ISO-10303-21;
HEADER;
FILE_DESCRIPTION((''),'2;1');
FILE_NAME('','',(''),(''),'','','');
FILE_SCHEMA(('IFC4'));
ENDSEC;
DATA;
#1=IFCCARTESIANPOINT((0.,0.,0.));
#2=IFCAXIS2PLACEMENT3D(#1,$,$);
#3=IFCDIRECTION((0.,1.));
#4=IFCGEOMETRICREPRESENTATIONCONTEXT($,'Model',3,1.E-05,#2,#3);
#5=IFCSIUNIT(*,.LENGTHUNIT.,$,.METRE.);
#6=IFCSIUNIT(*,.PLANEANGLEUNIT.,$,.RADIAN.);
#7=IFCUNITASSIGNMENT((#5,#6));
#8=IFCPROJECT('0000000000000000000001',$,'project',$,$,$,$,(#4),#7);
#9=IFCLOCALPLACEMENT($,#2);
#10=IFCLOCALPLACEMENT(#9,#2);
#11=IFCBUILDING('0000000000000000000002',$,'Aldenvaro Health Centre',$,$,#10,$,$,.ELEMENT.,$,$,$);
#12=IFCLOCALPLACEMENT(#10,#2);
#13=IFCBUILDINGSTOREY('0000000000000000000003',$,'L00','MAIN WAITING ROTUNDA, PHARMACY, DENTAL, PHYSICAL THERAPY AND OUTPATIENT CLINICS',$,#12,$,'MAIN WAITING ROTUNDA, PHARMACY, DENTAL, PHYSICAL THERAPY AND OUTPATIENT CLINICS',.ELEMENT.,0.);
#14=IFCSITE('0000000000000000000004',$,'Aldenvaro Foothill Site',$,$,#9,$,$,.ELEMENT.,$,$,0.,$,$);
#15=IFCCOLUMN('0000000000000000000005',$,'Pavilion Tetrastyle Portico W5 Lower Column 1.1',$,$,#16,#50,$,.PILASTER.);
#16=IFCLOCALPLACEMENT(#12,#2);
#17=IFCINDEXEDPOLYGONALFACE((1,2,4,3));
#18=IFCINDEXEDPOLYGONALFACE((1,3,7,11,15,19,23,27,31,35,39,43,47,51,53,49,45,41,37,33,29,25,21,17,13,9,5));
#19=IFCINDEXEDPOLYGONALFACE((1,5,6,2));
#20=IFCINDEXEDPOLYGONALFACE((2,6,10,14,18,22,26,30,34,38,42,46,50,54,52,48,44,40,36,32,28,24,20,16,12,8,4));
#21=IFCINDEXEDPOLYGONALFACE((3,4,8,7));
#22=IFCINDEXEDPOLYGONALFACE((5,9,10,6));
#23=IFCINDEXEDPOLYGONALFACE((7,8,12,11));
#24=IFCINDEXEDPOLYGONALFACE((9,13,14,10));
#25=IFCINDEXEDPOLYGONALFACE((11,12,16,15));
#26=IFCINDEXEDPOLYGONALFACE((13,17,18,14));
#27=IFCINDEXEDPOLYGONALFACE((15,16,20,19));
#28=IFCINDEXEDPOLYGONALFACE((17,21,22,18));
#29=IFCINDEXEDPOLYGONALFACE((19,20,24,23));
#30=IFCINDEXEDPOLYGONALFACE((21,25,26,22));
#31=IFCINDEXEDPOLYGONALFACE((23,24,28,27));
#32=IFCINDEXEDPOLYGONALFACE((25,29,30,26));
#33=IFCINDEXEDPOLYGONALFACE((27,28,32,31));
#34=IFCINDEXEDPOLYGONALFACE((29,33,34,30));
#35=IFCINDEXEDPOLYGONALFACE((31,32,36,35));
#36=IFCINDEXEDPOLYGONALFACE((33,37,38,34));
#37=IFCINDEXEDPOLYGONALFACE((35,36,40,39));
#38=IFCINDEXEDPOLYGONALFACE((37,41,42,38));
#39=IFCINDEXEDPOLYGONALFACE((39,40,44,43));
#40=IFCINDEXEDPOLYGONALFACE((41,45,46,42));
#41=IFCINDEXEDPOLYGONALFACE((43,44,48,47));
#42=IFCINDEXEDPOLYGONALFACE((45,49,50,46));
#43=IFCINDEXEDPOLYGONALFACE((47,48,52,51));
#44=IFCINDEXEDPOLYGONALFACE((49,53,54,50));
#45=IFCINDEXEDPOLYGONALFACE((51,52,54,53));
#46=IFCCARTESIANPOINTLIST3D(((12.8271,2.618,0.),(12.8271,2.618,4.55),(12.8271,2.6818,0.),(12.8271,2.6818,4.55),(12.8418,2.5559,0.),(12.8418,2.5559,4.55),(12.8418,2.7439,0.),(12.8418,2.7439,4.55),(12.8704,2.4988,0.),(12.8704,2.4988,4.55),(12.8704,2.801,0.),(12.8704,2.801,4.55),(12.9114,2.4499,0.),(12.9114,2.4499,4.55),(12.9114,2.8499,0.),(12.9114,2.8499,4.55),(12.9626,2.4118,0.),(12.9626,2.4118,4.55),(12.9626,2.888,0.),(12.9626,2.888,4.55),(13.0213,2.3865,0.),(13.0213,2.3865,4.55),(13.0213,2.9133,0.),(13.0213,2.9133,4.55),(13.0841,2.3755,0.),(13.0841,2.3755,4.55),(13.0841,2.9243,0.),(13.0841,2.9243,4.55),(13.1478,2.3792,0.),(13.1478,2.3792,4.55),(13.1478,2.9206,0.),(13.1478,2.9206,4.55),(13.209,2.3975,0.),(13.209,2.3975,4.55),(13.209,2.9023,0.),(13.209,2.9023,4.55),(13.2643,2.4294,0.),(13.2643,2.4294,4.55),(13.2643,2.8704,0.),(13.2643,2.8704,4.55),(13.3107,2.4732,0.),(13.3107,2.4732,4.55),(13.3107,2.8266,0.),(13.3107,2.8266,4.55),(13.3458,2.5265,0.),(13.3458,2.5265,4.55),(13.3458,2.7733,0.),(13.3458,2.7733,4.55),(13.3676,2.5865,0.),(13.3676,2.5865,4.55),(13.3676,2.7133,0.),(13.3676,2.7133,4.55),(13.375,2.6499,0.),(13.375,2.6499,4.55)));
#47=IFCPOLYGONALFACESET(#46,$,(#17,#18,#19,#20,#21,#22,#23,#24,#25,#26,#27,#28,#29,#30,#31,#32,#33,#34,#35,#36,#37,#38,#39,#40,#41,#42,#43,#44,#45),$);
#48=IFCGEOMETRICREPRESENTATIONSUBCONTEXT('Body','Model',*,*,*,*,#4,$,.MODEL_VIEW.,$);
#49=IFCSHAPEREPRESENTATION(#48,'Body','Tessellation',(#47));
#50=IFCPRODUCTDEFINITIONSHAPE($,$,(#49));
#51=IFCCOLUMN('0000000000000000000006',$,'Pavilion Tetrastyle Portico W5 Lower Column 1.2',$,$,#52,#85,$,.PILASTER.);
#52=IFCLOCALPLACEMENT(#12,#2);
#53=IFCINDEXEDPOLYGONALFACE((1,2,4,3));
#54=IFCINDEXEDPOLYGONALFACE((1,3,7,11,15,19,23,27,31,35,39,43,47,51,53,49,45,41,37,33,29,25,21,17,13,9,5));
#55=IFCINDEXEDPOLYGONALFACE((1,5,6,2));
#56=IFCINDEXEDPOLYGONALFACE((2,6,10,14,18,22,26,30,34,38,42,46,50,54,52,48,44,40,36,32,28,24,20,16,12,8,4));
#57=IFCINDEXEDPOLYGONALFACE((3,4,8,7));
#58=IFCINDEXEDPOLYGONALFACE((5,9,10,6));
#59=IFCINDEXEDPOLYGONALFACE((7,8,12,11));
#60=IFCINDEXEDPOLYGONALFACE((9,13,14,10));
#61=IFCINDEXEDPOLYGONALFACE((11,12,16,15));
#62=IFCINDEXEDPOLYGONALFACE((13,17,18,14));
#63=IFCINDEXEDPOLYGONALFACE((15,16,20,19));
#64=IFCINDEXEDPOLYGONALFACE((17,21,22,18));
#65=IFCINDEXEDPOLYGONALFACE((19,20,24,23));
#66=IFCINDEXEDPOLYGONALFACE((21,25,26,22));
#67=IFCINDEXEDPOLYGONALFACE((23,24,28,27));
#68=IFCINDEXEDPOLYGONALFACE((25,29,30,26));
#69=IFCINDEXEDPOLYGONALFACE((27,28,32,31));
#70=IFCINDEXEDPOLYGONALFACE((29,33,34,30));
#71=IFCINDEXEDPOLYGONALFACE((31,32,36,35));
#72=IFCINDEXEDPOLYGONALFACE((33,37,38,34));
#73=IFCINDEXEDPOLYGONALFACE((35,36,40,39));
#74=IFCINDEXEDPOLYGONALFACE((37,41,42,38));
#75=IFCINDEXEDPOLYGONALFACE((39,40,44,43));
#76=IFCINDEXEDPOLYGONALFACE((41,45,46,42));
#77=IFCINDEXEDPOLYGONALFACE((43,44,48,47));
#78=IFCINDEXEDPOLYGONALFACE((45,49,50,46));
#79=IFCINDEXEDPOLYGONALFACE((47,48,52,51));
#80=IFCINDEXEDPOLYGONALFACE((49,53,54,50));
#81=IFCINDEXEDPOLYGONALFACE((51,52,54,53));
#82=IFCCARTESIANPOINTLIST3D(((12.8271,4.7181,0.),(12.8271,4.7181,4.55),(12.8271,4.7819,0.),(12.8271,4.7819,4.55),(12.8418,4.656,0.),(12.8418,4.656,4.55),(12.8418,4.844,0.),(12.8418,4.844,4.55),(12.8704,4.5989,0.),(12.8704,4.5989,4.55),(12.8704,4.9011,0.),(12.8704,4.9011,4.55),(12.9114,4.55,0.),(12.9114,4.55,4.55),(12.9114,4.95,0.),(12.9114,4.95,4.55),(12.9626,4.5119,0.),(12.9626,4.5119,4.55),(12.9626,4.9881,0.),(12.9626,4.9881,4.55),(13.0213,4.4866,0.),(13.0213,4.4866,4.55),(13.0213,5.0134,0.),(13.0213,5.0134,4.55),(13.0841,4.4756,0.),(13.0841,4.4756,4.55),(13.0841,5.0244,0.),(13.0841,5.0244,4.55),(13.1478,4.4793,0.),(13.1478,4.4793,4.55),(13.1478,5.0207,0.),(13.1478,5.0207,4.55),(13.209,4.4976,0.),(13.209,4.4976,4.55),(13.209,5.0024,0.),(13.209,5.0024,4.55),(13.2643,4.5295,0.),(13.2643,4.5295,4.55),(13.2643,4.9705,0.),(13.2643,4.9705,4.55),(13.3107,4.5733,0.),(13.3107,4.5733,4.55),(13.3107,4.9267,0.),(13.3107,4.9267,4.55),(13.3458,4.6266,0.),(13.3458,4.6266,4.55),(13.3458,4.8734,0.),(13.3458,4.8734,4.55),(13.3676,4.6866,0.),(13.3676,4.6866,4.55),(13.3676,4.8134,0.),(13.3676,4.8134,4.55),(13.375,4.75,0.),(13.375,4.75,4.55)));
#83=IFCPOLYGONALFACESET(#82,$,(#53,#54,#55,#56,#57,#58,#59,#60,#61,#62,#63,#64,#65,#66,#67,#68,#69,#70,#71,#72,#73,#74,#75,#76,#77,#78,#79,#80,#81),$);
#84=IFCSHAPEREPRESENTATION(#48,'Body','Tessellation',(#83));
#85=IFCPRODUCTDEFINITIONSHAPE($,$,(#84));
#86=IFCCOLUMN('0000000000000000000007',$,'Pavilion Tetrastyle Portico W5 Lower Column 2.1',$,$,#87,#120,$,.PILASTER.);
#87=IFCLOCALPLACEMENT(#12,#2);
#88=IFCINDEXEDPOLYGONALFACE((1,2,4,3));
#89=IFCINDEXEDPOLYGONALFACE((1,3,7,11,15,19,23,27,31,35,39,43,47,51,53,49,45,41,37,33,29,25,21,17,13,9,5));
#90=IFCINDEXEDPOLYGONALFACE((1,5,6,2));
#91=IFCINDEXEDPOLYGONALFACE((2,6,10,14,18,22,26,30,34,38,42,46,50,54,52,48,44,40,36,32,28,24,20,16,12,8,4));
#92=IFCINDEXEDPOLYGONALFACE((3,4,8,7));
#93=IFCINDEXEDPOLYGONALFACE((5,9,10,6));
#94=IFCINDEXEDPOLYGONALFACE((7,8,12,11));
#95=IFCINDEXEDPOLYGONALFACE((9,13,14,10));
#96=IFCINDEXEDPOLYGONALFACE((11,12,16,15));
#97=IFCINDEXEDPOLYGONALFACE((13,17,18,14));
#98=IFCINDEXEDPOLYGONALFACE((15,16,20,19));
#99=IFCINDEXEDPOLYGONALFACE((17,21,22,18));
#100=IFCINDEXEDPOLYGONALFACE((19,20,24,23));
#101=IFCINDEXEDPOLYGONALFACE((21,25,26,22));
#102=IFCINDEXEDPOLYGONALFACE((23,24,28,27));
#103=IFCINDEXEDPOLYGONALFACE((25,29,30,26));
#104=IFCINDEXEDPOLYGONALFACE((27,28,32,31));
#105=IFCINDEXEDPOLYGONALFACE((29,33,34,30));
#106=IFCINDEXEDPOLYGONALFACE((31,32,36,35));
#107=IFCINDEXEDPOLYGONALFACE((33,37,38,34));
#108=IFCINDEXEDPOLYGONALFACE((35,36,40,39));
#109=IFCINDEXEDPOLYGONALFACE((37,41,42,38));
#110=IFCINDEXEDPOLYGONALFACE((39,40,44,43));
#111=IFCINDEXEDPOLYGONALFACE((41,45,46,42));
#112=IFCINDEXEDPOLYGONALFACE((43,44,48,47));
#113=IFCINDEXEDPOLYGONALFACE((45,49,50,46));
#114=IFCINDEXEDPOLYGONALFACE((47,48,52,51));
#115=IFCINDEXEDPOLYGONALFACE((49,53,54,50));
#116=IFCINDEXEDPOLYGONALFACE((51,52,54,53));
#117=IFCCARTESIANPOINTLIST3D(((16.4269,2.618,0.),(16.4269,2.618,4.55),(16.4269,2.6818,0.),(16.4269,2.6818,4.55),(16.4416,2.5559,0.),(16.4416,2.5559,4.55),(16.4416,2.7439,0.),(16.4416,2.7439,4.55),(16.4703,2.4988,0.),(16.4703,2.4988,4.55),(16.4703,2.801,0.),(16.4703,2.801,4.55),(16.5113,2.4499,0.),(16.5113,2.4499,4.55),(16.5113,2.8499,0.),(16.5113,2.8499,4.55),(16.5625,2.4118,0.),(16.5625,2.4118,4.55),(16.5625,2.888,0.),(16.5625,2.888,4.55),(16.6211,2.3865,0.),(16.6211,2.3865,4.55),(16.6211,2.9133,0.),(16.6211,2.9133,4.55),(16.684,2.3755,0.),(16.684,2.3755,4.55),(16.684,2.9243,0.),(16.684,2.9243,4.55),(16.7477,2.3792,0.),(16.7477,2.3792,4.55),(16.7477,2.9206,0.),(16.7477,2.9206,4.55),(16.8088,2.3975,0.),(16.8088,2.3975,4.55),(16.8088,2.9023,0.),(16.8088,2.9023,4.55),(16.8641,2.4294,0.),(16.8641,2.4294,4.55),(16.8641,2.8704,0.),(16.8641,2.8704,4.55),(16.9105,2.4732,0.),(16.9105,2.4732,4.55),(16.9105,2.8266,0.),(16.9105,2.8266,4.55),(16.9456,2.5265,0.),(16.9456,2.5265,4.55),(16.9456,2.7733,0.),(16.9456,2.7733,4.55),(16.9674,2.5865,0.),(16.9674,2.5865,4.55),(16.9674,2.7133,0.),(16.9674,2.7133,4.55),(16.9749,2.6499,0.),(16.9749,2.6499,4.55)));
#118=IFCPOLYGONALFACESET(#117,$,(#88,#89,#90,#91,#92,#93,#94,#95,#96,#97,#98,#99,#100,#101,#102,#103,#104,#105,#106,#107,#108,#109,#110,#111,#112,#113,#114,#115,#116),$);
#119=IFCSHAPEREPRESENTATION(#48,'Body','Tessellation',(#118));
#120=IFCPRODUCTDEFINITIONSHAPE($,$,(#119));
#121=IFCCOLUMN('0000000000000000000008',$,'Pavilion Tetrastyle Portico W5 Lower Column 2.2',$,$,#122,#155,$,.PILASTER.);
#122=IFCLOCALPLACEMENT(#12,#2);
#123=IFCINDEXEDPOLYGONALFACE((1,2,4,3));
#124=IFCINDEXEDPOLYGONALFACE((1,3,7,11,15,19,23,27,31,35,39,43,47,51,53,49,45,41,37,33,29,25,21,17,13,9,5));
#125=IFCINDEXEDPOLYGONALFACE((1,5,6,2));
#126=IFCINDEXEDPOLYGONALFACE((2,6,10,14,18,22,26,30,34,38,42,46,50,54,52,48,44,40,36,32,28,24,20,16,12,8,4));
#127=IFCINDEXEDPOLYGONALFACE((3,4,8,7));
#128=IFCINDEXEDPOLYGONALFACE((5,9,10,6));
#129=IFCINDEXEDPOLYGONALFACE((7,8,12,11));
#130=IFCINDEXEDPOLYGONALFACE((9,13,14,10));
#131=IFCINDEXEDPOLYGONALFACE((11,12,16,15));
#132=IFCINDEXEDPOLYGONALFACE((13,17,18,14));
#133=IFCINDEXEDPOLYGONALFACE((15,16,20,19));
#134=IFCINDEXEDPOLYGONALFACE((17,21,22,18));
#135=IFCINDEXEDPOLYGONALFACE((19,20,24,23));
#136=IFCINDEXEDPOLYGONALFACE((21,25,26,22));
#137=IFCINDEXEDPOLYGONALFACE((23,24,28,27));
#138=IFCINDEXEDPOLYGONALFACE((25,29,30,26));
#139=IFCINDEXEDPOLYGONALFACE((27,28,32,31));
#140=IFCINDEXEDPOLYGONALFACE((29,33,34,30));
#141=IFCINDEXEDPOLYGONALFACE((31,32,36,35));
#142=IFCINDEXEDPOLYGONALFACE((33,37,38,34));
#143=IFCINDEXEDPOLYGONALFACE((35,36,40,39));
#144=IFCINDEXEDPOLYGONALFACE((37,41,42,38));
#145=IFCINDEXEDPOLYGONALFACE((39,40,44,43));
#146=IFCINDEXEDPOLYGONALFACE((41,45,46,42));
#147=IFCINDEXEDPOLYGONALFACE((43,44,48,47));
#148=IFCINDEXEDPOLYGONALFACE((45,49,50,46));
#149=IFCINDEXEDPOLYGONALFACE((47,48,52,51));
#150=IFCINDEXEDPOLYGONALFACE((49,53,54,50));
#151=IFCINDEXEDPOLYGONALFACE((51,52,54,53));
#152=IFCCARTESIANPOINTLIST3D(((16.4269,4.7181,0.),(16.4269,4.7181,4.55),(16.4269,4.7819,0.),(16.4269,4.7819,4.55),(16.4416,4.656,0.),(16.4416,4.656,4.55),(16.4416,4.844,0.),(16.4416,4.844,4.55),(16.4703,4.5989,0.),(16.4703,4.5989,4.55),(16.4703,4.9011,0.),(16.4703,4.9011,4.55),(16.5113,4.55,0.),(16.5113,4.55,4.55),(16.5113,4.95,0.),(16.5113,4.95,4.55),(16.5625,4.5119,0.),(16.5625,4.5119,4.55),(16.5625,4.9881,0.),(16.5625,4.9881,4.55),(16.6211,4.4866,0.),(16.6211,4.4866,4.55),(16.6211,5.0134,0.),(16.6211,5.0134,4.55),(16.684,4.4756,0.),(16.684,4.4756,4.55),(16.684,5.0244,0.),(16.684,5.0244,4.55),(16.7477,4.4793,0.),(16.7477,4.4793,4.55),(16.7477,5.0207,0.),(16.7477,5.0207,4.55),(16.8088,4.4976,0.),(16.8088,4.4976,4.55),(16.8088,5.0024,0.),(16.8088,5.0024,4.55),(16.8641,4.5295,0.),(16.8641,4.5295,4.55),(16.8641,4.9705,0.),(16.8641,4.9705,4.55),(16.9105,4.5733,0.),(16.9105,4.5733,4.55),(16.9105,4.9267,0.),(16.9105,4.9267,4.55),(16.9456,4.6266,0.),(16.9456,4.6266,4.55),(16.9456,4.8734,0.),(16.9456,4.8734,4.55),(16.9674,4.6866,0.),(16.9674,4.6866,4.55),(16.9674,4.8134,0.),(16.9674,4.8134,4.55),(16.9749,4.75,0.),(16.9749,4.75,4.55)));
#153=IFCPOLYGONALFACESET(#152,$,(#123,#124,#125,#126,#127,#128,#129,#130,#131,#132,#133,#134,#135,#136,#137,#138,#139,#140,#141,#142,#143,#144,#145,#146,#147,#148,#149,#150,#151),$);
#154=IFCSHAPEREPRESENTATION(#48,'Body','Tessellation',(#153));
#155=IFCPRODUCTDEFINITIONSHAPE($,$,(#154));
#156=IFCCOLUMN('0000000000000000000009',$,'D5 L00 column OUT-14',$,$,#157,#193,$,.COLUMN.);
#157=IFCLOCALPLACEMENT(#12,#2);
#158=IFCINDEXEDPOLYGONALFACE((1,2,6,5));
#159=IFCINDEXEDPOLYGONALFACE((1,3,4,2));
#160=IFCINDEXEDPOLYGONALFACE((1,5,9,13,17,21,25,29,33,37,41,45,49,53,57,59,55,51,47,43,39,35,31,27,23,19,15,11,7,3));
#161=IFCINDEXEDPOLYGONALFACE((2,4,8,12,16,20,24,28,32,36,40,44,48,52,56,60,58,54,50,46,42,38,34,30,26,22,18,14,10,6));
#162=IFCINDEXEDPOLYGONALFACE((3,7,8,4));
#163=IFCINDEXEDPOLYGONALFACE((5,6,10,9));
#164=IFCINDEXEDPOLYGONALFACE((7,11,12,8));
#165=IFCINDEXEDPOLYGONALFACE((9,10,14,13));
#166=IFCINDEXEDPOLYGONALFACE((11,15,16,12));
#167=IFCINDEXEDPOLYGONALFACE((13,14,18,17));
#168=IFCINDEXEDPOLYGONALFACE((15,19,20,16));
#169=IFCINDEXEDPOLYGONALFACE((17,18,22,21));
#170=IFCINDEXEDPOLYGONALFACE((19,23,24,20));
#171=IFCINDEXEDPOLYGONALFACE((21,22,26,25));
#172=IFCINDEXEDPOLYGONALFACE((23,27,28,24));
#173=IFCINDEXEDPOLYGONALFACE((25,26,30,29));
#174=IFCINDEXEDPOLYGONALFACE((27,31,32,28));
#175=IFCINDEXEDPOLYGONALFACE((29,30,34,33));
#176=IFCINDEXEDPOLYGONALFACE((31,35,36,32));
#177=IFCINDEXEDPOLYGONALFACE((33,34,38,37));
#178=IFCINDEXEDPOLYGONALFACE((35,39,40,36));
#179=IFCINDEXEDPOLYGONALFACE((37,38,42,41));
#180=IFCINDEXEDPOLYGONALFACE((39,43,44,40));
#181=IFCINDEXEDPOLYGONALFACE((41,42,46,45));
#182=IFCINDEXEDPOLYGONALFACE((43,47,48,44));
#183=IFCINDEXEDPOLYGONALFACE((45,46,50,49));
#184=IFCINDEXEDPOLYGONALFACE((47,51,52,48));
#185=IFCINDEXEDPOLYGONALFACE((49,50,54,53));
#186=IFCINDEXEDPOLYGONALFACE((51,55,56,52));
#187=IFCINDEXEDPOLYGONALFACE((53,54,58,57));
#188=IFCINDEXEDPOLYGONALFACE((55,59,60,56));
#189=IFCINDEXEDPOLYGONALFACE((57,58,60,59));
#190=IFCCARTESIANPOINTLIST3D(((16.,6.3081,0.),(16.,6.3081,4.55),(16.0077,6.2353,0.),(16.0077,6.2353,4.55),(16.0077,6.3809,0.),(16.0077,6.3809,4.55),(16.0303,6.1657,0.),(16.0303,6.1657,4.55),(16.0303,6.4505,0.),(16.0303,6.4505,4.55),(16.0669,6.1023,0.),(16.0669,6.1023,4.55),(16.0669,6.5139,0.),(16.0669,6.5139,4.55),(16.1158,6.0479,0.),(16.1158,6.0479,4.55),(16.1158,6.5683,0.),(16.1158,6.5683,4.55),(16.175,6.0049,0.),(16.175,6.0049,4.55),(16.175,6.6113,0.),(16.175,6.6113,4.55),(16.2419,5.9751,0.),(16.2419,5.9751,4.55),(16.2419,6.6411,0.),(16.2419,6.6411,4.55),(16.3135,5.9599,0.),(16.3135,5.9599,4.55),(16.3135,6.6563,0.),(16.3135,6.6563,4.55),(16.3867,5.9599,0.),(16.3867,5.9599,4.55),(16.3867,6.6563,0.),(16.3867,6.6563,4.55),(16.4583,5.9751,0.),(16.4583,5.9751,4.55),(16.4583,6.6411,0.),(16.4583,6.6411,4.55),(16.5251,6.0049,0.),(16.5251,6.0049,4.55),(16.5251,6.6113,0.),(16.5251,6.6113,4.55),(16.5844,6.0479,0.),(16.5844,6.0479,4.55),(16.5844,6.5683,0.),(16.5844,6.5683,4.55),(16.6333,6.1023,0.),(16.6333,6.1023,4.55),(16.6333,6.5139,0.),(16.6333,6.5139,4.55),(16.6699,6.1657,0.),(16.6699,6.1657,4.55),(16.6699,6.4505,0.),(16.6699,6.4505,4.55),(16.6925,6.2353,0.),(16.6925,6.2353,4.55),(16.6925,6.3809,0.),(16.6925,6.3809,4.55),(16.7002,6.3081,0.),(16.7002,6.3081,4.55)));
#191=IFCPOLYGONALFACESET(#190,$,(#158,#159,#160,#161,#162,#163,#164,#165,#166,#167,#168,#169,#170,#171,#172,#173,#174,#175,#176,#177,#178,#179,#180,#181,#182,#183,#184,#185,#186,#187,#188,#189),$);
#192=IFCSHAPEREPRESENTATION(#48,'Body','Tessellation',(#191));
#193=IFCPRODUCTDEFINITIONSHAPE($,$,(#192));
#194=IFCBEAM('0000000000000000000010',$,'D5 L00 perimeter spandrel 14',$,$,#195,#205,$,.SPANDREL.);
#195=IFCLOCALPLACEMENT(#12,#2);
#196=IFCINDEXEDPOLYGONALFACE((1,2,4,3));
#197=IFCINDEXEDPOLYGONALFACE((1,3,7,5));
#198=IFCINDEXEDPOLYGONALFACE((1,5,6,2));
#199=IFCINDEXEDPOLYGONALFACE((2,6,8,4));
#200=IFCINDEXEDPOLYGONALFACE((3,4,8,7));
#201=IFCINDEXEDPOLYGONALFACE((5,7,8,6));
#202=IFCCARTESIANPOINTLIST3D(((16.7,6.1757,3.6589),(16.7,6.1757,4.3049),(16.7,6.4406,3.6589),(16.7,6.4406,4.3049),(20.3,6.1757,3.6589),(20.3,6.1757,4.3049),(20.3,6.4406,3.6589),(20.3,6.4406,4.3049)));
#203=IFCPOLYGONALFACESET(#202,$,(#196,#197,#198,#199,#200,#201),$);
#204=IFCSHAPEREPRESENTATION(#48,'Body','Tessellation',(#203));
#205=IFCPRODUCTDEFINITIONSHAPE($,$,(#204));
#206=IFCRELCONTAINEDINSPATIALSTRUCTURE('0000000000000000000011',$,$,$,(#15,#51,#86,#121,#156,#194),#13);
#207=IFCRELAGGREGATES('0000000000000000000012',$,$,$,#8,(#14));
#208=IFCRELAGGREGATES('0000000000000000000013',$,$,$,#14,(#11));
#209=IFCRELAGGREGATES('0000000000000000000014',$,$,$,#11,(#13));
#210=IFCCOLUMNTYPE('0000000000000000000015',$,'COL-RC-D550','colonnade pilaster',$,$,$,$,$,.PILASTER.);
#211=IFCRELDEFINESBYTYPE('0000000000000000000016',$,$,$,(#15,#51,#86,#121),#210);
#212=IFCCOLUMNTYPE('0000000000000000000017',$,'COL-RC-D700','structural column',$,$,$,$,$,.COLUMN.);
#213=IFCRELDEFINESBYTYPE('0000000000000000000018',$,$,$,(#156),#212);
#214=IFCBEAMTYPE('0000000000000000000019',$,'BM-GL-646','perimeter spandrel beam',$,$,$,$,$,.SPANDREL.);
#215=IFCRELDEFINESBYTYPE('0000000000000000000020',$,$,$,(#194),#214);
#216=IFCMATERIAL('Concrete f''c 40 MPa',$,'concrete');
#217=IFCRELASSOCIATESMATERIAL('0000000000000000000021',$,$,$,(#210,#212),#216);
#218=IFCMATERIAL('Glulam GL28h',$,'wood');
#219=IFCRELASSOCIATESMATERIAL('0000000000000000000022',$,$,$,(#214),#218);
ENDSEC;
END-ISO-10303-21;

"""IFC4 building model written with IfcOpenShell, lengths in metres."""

from ifc_helpers import new_model, si_unit, direction, frame, origin, origin_2d, place, context, subcontext, project, spatial, rectangle, circle, extrude, material, material_profile, profile_set, type_object, element, save


model = new_model("IFC4")

# Units and contexts
model_context = context("Model", 3, precision=1e-05, world=origin(), true_north=direction((0.0, 1.0)))
body_context = subcontext(model_context, "Body", "Model", "MODEL_VIEW")
ifc_project = project(units=[si_unit("LENGTHUNIT", "METRE"), si_unit("PLANEANGLEUNIT", "RADIAN")], contexts=[model_context])

# Site, building, storey
site_placement = place(None, origin())
site = spatial("IfcSite", under=ifc_project, at=site_placement, Name="Aldenvaro Foothill Site", CompositionType="ELEMENT", RefElevation=0.0)
building_placement = place(site_placement, origin())
building = spatial("IfcBuilding", under=site, at=building_placement, Name="Aldenvaro Health Centre", CompositionType="ELEMENT")
storey_placement = place(building_placement, origin())
storey = spatial("IfcBuildingStorey", under=building, at=storey_placement, Name="L00", Description="MAIN WAITING ROTUNDA, PHARMACY, DENTAL, PHYSICAL THERAPY AND OUTPATIENT CLINICS", LongName="MAIN WAITING ROTUNDA, PHARMACY, DENTAL, PHYSICAL THERAPY AND OUTPATIENT CLINICS", CompositionType="ELEMENT", Elevation=0.0)

# Columns
ifc_material_1 = material(Name="Concrete f'c 40 MPa", Category="concrete")
ifc_material_profile_1 = material_profile(ifc_material_1, circle(Radius=0.2749, at=origin_2d()), Name="RC D550", Category="concrete")
ifc_profile_set_1 = profile_set([ifc_material_profile_1], Name="Concrete f'c 40 MPa")
column_type_1 = type_object("IfcColumnType", Name="COL-RC-D550", Description="colonnade pilaster", PredefinedType="PILASTER", material=ifc_profile_set_1)
for number, where, z_axis, x_axis, name in (
    (1, (13.1001, 2.6499, 0.0), (0.0, 0.0, 1.0), (1.0, 0.0, 0.0), "Pavilion Tetrastyle Portico W5 Lower Column 1.1"),
    (2, (13.1001, 4.75, 0.0), (0.0, 0.0, 1.0), (1.0, 0.0, 0.0), "Pavilion Tetrastyle Portico W5 Lower Column 1.2"),
    (3, (16.7, 2.6499, 0.0), (0.0, 0.0, 1.0), (1.0, 0.0, 0.0), "Pavilion Tetrastyle Portico W5 Lower Column 2.1"),
    (4, (16.7, 4.75, 0.0), (0.0, 0.0, 1.0), (1.0, 0.0, 0.0), "Pavilion Tetrastyle Portico W5 Lower Column 2.2"),
):
    element("IfcColumn", number, at=place(storey_placement, frame(where, z_axis=z_axis, x_axis=x_axis)), inside=storey, type_object=column_type_1, Name=name, PredefinedType="PILASTER", context=body_context, shape_type="SweptSolid", body=[
        extrude(circle(Radius=0.2749, at=origin_2d()), origin(), (0.0, 0.0, 1.0), 4.55),
    ])
ifc_material_profile_2 = material_profile(ifc_material_1, circle(Radius=0.3501, at=origin_2d()), Name="RC D700", Category="concrete")
ifc_profile_set_2 = profile_set([ifc_material_profile_2], Name="Concrete f'c 40 MPa")
column_type_2 = type_object("IfcColumnType", Name="COL-RC-D700", Description="structural column", PredefinedType="COLUMN", material=ifc_profile_set_2)
column_placement = place(storey_placement, frame((16.3501, 6.3081, 0.0), z_axis=(0.0, 0.0, 1.0), x_axis=(1.0, 0.0, 0.0)))
element("IfcColumn", 5, at=column_placement, inside=storey, type_object=column_type_2, Name="D5 L00 column OUT-14", PredefinedType="COLUMN", context=body_context, shape_type="SweptSolid", body=[
    extrude(circle(Radius=0.3501, at=origin_2d()), origin(), (0.0, 0.0, 1.0), 4.55),
])

# Beam
ifc_material_2 = material(Name="Glulam GL28h", Category="wood")
ifc_material_profile_3 = material_profile(ifc_material_2, rectangle(XDim=0.2649, YDim=0.646, at=origin_2d()), Name="GL 265x646", Category="wood")
ifc_profile_set_3 = profile_set([ifc_material_profile_3], Name="Glulam GL28h")
beam_type = type_object("IfcBeamType", Name="BM-GL-646", Description="perimeter spandrel beam", PredefinedType="SPANDREL", material=ifc_profile_set_3)
beam_placement = place(storey_placement, frame((16.7, 6.3081, 3.9819), z_axis=(1.0, 0.0, 0.0), x_axis=(0.0, 1.0, 0.0)))
element("IfcBeam", 6, at=beam_placement, inside=storey, type_object=beam_type, Name="D5 L00 perimeter spandrel 14", PredefinedType="SPANDREL", context=body_context, shape_type="SweptSolid", body=[
    extrude(rectangle(XDim=0.2649, YDim=0.646, at=origin_2d()), origin(), (0.0, 0.0, 1.0), 3.6001),
])

save(model, "model.ifc")
